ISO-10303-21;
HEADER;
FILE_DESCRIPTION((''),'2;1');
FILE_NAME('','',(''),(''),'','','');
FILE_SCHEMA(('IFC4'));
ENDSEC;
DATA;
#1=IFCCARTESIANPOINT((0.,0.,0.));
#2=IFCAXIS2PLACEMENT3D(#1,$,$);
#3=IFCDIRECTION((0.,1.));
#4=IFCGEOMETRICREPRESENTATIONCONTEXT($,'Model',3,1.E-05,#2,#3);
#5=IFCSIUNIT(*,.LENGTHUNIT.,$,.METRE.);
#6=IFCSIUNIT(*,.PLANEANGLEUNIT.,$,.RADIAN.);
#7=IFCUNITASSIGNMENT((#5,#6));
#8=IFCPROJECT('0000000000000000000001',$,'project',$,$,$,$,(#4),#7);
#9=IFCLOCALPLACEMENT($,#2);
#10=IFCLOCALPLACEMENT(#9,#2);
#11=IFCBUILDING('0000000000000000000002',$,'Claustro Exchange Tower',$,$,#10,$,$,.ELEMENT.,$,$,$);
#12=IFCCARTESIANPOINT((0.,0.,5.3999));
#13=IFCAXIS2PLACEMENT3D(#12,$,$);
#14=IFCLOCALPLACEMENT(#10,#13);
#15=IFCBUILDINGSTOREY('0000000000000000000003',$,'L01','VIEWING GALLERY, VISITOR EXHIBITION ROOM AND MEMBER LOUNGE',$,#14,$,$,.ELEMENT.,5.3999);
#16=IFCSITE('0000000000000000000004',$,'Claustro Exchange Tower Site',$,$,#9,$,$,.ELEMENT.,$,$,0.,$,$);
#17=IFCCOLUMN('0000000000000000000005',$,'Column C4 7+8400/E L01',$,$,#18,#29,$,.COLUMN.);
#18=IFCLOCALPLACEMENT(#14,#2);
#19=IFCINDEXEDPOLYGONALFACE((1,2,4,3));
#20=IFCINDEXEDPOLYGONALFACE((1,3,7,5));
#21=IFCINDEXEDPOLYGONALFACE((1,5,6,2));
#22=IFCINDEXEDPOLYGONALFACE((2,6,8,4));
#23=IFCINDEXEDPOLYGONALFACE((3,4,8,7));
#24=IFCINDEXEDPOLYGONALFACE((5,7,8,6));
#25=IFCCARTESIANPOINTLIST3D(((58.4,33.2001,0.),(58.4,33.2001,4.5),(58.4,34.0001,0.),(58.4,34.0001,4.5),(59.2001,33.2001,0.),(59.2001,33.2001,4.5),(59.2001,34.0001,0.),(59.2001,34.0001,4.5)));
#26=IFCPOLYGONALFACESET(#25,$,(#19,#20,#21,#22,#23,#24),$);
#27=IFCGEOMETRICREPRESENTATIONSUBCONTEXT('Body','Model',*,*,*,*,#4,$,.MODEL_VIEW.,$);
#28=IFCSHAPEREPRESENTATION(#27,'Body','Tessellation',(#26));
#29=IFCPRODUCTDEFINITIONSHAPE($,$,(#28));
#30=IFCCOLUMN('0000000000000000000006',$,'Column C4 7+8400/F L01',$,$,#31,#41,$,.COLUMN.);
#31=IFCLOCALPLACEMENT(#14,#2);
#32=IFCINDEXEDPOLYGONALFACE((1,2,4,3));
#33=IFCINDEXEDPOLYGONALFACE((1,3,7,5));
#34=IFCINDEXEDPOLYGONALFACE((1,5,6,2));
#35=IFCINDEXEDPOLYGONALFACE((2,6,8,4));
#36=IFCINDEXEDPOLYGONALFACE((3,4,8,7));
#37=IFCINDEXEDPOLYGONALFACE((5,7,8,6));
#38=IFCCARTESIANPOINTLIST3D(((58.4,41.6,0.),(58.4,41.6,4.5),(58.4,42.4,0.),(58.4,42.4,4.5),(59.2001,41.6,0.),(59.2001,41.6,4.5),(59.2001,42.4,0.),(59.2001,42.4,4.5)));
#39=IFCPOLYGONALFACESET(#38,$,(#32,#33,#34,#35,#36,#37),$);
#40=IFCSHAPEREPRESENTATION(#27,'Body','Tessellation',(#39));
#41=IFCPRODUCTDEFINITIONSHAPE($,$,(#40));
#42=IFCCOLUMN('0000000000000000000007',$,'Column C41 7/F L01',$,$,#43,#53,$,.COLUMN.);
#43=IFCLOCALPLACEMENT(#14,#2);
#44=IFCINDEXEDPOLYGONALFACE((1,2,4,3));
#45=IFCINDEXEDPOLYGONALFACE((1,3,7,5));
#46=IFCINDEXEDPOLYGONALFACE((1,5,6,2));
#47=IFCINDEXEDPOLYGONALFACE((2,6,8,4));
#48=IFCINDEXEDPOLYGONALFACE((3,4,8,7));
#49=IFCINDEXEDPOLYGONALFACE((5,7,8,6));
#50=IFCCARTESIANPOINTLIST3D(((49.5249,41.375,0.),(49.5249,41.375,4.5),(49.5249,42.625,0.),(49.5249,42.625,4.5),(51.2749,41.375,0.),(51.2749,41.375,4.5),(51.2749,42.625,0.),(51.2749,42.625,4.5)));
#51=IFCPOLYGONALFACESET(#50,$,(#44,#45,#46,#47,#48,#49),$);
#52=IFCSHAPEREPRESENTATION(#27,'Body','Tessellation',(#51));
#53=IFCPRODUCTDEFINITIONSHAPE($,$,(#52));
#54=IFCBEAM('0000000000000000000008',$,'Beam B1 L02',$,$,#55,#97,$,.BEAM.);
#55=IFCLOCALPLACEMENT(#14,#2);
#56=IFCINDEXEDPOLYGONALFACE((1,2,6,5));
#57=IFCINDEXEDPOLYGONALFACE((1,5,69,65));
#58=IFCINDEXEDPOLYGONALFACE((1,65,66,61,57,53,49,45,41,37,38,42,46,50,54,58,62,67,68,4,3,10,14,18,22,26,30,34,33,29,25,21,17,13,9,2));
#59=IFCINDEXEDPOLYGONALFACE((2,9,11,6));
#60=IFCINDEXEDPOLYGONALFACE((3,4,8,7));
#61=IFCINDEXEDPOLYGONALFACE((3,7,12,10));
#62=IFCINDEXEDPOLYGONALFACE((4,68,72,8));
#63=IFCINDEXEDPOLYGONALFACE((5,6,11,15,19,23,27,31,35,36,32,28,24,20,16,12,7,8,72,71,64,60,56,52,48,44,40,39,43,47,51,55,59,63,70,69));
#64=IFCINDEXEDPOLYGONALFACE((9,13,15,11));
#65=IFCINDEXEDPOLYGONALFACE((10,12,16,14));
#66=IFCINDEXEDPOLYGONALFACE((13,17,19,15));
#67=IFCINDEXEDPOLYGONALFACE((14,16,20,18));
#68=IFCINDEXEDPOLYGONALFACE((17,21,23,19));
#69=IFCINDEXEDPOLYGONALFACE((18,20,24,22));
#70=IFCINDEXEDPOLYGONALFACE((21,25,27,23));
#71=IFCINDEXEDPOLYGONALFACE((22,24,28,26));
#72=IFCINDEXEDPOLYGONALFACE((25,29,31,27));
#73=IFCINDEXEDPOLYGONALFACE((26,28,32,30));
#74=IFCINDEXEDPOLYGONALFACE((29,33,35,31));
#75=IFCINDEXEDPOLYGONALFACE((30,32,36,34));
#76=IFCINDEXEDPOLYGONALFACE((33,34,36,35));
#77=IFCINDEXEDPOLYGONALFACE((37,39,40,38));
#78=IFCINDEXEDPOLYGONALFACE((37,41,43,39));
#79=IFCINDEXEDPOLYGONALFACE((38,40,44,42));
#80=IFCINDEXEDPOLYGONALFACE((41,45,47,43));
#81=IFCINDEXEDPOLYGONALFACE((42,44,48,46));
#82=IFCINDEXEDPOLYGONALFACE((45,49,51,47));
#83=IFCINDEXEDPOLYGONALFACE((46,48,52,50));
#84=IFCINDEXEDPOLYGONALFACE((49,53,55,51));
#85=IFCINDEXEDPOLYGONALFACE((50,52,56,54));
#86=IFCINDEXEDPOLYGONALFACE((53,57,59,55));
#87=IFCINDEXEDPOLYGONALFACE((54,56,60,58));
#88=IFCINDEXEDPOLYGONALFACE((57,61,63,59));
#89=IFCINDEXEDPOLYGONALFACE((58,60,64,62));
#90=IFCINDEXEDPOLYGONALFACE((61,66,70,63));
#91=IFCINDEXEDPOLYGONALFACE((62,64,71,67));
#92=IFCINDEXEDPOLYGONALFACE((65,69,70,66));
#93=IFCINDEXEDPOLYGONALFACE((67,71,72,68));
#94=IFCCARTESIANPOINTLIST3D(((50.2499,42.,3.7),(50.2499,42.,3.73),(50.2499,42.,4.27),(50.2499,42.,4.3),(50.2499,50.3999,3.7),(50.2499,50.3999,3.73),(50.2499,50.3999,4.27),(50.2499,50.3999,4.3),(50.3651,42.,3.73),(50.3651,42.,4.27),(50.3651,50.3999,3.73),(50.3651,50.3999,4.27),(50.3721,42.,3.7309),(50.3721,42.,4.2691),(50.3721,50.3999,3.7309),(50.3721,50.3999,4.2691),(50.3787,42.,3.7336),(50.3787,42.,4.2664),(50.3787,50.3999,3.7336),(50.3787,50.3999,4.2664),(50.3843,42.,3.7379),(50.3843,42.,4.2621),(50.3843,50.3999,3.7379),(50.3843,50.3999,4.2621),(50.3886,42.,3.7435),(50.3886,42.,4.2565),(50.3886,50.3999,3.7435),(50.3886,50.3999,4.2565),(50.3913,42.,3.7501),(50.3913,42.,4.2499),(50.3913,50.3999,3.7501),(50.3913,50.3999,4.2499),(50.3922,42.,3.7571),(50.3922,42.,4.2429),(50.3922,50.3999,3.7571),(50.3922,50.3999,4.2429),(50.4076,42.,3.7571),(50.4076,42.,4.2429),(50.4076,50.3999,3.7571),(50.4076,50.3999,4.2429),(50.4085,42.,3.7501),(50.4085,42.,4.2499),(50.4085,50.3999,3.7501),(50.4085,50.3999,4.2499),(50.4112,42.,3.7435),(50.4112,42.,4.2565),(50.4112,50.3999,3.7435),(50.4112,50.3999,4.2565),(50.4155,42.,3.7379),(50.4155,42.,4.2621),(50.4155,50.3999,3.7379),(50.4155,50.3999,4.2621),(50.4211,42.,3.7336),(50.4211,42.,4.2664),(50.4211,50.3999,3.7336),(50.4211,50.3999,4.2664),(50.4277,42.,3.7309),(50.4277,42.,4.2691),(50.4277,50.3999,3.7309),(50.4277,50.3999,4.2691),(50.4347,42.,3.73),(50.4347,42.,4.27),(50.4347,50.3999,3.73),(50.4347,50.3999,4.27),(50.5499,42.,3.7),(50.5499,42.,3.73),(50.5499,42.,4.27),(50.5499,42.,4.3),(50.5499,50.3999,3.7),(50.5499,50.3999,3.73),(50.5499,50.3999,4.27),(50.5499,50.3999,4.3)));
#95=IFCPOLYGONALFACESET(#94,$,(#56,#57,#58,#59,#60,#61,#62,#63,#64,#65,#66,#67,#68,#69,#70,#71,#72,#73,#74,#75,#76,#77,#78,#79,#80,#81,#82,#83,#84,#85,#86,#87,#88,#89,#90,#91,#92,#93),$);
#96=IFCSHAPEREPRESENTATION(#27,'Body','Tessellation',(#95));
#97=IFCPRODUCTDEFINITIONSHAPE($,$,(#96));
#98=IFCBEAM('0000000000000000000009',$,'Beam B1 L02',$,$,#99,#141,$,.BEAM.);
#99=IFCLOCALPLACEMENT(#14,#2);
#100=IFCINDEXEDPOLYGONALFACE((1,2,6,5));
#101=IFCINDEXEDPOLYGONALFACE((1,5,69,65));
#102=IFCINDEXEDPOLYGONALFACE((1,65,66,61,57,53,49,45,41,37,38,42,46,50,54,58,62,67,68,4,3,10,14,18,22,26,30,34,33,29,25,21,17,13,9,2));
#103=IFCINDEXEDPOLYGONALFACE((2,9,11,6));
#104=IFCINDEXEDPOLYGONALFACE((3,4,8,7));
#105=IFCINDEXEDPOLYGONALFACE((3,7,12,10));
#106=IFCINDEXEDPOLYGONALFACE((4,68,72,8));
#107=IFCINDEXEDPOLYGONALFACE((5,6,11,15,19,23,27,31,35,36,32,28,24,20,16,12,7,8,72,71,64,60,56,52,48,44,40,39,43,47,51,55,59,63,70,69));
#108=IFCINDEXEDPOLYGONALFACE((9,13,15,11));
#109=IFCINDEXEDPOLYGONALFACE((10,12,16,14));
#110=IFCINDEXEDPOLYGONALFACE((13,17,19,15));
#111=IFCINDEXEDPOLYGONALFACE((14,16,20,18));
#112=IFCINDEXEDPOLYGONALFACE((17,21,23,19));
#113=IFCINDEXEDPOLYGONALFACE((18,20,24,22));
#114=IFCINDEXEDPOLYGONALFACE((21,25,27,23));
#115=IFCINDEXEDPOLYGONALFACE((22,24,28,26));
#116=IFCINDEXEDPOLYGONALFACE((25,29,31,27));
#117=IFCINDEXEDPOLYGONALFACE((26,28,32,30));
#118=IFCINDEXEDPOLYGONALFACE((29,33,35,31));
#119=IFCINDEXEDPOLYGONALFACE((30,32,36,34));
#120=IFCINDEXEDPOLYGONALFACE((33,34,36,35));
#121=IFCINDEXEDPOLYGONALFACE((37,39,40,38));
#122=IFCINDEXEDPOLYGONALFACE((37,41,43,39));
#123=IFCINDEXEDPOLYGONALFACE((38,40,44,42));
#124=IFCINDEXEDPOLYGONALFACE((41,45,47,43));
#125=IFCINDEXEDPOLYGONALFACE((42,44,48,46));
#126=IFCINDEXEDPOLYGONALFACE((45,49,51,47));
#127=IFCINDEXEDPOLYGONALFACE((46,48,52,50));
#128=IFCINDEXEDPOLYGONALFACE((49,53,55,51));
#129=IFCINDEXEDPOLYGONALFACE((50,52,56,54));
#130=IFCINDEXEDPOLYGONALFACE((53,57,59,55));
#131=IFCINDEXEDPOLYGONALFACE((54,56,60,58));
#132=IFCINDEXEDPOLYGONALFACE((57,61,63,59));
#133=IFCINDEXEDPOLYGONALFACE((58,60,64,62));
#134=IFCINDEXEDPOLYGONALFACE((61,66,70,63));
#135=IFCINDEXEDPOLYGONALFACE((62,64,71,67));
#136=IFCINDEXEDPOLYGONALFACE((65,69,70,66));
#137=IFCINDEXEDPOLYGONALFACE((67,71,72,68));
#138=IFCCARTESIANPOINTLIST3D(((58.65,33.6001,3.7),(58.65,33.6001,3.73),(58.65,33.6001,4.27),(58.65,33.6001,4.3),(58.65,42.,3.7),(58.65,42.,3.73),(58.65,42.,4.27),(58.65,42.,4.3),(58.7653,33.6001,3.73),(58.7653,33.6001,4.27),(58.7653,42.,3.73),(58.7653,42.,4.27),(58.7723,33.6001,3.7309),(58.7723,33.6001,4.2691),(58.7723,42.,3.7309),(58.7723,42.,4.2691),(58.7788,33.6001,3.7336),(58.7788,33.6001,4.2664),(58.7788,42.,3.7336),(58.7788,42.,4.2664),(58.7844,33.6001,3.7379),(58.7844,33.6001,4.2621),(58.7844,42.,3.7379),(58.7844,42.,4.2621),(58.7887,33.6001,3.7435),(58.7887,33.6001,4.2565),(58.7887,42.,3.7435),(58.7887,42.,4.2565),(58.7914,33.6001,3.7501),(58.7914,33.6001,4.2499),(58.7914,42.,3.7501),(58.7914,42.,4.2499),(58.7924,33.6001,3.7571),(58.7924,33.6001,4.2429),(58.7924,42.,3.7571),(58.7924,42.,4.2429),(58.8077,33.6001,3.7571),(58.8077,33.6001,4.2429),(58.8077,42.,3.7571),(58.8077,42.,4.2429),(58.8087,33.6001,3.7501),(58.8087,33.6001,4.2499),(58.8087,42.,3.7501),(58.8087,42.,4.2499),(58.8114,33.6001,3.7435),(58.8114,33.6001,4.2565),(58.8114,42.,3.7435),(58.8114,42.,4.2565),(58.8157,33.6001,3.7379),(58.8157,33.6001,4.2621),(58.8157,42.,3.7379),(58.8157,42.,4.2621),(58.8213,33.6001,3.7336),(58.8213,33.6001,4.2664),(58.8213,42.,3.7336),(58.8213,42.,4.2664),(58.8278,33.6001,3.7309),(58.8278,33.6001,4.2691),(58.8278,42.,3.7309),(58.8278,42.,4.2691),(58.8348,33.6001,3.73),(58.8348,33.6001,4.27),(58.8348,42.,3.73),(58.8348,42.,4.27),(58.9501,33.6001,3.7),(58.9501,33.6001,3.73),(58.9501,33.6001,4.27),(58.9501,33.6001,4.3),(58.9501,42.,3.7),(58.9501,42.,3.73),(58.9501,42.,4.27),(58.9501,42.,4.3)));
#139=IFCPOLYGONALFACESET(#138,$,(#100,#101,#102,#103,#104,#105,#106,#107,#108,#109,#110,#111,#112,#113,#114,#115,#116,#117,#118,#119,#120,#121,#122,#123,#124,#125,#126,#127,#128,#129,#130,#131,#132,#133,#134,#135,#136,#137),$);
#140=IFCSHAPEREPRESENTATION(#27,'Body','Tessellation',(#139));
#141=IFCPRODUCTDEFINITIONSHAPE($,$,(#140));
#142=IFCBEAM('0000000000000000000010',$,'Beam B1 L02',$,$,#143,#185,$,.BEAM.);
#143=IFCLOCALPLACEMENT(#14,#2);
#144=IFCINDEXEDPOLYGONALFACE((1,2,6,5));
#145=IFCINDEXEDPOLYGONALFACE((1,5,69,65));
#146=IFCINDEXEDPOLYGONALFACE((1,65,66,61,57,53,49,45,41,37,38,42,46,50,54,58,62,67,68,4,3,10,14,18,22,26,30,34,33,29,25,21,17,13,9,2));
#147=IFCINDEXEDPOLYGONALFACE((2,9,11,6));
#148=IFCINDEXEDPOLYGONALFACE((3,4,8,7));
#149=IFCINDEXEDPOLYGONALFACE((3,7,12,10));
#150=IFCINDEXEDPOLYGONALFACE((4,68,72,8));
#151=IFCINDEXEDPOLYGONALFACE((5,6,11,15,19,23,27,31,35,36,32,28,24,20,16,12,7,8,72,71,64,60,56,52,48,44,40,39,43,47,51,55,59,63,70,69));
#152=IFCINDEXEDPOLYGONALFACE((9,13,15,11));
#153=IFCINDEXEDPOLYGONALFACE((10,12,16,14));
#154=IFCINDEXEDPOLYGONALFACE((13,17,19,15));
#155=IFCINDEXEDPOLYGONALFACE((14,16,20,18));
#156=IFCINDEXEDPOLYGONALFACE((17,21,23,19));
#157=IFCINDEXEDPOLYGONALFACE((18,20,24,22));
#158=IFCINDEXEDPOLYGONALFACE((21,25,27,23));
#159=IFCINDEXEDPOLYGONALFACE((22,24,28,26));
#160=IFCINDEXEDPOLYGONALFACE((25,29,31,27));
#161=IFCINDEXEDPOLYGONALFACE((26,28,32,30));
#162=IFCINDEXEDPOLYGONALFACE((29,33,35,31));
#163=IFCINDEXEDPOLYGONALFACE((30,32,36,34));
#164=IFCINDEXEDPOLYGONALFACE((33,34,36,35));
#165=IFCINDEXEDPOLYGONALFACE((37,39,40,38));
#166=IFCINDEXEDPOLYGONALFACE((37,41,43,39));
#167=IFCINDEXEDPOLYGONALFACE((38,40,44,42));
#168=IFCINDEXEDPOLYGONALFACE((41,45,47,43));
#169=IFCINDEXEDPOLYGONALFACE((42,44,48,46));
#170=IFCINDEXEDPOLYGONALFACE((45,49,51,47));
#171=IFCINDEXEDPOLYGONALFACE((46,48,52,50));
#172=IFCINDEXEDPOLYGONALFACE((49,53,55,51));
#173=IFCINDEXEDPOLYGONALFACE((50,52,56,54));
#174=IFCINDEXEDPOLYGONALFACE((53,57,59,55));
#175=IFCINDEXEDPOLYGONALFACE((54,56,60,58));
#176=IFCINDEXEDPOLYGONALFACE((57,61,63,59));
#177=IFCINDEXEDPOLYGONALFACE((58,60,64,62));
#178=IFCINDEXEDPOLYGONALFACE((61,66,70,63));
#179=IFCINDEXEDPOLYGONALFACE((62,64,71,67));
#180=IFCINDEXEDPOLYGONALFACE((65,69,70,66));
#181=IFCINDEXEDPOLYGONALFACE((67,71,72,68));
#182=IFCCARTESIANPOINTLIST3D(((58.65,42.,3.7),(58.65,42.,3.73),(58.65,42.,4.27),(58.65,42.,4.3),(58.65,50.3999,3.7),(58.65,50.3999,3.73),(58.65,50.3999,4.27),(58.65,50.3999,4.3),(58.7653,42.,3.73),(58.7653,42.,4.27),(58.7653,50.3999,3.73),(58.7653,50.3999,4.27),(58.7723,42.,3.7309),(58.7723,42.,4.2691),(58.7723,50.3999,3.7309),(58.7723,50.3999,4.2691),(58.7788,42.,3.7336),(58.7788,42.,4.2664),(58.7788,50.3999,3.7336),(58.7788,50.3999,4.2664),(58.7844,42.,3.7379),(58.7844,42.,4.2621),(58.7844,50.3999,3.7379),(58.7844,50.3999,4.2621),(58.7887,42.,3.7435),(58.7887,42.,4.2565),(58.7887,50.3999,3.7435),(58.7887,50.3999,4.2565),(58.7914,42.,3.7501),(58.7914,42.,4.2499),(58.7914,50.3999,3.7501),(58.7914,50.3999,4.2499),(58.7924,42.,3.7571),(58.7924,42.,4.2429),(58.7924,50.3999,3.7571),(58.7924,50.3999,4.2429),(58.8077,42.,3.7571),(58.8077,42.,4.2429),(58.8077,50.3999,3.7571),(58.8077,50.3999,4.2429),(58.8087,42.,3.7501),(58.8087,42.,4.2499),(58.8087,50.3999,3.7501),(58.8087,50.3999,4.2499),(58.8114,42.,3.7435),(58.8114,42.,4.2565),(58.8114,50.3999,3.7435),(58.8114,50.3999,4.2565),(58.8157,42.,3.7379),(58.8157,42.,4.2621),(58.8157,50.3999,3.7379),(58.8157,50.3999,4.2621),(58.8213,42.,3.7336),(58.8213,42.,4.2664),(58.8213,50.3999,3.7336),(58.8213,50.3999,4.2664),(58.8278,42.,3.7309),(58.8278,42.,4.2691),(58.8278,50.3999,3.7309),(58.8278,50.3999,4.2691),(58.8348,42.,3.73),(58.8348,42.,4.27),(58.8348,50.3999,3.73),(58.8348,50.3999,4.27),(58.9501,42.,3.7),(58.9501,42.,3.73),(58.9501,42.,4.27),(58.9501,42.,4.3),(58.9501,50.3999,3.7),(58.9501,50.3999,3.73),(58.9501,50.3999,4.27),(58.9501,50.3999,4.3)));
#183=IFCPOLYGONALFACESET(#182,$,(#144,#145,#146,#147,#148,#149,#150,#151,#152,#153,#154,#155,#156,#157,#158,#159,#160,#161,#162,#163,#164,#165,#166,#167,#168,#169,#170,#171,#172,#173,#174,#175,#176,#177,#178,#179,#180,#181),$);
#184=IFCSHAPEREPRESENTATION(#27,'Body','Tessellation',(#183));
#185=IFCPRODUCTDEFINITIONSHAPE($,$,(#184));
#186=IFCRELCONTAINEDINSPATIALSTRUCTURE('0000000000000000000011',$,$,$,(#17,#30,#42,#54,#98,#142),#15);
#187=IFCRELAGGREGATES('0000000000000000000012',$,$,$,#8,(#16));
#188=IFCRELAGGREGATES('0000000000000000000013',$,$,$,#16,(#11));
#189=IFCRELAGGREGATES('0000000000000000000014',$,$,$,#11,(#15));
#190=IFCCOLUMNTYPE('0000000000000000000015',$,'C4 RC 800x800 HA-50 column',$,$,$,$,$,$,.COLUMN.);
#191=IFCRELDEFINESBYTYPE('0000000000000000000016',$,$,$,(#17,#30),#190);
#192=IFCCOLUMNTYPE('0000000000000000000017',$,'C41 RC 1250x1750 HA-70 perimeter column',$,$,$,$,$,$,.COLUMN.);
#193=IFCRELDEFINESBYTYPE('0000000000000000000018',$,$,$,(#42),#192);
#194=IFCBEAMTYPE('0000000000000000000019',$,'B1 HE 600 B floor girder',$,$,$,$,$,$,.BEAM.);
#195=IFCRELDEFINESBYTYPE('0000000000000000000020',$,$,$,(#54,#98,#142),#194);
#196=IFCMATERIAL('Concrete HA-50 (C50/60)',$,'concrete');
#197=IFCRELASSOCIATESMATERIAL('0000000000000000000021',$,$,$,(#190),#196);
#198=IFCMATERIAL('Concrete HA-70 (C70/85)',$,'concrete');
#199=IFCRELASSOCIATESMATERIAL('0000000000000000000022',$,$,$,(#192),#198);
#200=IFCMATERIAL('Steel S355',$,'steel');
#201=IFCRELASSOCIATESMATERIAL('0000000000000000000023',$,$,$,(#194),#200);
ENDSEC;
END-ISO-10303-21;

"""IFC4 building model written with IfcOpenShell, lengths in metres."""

from ifc_helpers import new_model, si_unit, direction, frame, origin, origin_2d, place, context, subcontext, project, spatial, rectangle, i_section, extrude, material, material_profile, profile_set, type_object, element, save


model = new_model("IFC4")

# Units and contexts
model_context = context("Model", 3, precision=1e-05, world=origin(), true_north=direction((0.0, 1.0)))
body_context = subcontext(model_context, "Body", "Model", "MODEL_VIEW")
ifc_project = project(units=[si_unit("LENGTHUNIT", "METRE"), si_unit("PLANEANGLEUNIT", "RADIAN")], contexts=[model_context])

# Site, building, storey
site_placement = place(None, origin())
site = spatial("IfcSite", under=ifc_project, at=site_placement, Name="Claustro Exchange Tower Site", CompositionType="ELEMENT", RefElevation=0.0)
building_placement = place(site_placement, origin())
building = spatial("IfcBuilding", under=site, at=building_placement, Name="Claustro Exchange Tower", CompositionType="ELEMENT")
storey_placement = place(building_placement, frame((0.0, 0.0, 5.3999)))
storey = spatial("IfcBuildingStorey", under=building, at=storey_placement, Name="L01", Description="VIEWING GALLERY, VISITOR EXHIBITION ROOM AND MEMBER LOUNGE", CompositionType="ELEMENT", Elevation=5.3999)

# Columns
ifc_material_1 = material(Name="Concrete HA-50 (C50/60)", Category="concrete")
ifc_material_profile_1 = material_profile(ifc_material_1, rectangle(XDim=0.8, YDim=0.8, at=origin_2d()), Name="RC 800x800")
ifc_profile_set_1 = profile_set([ifc_material_profile_1], Name="Concrete HA-50 (C50/60)")
column_type_1 = type_object("IfcColumnType", Name="C4 RC 800x800 HA-50 column", PredefinedType="COLUMN", material=ifc_profile_set_1)
for number, where, z_axis, x_axis, name in (
    (1, (58.8, 33.6001, 0.0), (0.0, 0.0, 1.0), (1.0, 0.0, 0.0), "Column C4 7+8400/E L01"),
    (2, (58.8, 42.0, 0.0), (0.0, 0.0, 1.0), (1.0, 0.0, 0.0), "Column C4 7+8400/F L01"),
):
    element("IfcColumn", number, at=place(storey_placement, frame(where, z_axis=z_axis, x_axis=x_axis)), inside=storey, type_object=column_type_1, Name=name, PredefinedType="COLUMN", context=body_context, shape_type="SweptSolid", body=[
        extrude(rectangle(XDim=0.8, YDim=0.8, at=origin_2d()), origin(), (0.0, 0.0, 1.0), 4.5),
    ])
ifc_material_2 = material(Name="Concrete HA-70 (C70/85)", Category="concrete")
ifc_material_profile_2 = material_profile(ifc_material_2, rectangle(XDim=1.25, YDim=1.75, at=origin_2d()), Name="RC 1250x1750")
ifc_profile_set_2 = profile_set([ifc_material_profile_2], Name="Concrete HA-70 (C70/85)")
column_type_2 = type_object("IfcColumnType", Name="C41 RC 1250x1750 HA-70 perimeter column", PredefinedType="COLUMN", material=ifc_profile_set_2)
column_placement = place(storey_placement, frame((50.3999, 42.0, 0.0), z_axis=(0.0, 0.0, 1.0), x_axis=(0.0, 1.0, 0.0)))
element("IfcColumn", 3, at=column_placement, inside=storey, type_object=column_type_2, Name="Column C41 7/F L01", PredefinedType="COLUMN", context=body_context, shape_type="SweptSolid", body=[
    extrude(rectangle(XDim=1.25, YDim=1.75, at=origin_2d()), origin(), (0.0, 0.0, 1.0), 4.5),
])

# Beams
ifc_material_3 = material(Name="Steel S355", Category="steel")
ifc_material_profile_3 = material_profile(ifc_material_3, i_section(OverallWidth=0.3, OverallDepth=0.6001, WebThickness=0.0154, FlangeThickness=0.03, FilletRadius=0.0271, at=origin_2d()), Name="HE 600 B")
ifc_profile_set_3 = profile_set([ifc_material_profile_3], Name="Steel S355")
beam_type_1 = type_object("IfcBeamType", Name="B1 HE 600 B floor girder", PredefinedType="BEAM", material=ifc_profile_set_3)
for number, where, z_axis, x_axis, name in (
    (4, (50.3999, 42.0, 4.0), (0.0, 1.0, 0.0), (-1.0, 0.0, 0.0), "Beam B1 L02"),
    (5, (58.8, 33.6001, 4.0), (0.0, 1.0, 0.0), (-1.0, 0.0, 0.0), "Beam B1 L02"),
    (6, (58.8, 42.0, 4.0), (0.0, 1.0, 0.0), (-1.0, 0.0, 0.0), "Beam B1 L02"),
):
    element("IfcBeam", number, at=place(storey_placement, frame(where, z_axis=z_axis, x_axis=x_axis)), inside=storey, type_object=beam_type_1, Name=name, PredefinedType="BEAM", context=body_context, shape_type="SweptSolid", body=[
        extrude(i_section(OverallWidth=0.3, OverallDepth=0.6001, WebThickness=0.0154, FlangeThickness=0.03, FilletRadius=0.0271, at=origin_2d()), origin(), (0.0, 0.0, 1.0), 8.3999),
    ])

save(model, "model.ifc")
